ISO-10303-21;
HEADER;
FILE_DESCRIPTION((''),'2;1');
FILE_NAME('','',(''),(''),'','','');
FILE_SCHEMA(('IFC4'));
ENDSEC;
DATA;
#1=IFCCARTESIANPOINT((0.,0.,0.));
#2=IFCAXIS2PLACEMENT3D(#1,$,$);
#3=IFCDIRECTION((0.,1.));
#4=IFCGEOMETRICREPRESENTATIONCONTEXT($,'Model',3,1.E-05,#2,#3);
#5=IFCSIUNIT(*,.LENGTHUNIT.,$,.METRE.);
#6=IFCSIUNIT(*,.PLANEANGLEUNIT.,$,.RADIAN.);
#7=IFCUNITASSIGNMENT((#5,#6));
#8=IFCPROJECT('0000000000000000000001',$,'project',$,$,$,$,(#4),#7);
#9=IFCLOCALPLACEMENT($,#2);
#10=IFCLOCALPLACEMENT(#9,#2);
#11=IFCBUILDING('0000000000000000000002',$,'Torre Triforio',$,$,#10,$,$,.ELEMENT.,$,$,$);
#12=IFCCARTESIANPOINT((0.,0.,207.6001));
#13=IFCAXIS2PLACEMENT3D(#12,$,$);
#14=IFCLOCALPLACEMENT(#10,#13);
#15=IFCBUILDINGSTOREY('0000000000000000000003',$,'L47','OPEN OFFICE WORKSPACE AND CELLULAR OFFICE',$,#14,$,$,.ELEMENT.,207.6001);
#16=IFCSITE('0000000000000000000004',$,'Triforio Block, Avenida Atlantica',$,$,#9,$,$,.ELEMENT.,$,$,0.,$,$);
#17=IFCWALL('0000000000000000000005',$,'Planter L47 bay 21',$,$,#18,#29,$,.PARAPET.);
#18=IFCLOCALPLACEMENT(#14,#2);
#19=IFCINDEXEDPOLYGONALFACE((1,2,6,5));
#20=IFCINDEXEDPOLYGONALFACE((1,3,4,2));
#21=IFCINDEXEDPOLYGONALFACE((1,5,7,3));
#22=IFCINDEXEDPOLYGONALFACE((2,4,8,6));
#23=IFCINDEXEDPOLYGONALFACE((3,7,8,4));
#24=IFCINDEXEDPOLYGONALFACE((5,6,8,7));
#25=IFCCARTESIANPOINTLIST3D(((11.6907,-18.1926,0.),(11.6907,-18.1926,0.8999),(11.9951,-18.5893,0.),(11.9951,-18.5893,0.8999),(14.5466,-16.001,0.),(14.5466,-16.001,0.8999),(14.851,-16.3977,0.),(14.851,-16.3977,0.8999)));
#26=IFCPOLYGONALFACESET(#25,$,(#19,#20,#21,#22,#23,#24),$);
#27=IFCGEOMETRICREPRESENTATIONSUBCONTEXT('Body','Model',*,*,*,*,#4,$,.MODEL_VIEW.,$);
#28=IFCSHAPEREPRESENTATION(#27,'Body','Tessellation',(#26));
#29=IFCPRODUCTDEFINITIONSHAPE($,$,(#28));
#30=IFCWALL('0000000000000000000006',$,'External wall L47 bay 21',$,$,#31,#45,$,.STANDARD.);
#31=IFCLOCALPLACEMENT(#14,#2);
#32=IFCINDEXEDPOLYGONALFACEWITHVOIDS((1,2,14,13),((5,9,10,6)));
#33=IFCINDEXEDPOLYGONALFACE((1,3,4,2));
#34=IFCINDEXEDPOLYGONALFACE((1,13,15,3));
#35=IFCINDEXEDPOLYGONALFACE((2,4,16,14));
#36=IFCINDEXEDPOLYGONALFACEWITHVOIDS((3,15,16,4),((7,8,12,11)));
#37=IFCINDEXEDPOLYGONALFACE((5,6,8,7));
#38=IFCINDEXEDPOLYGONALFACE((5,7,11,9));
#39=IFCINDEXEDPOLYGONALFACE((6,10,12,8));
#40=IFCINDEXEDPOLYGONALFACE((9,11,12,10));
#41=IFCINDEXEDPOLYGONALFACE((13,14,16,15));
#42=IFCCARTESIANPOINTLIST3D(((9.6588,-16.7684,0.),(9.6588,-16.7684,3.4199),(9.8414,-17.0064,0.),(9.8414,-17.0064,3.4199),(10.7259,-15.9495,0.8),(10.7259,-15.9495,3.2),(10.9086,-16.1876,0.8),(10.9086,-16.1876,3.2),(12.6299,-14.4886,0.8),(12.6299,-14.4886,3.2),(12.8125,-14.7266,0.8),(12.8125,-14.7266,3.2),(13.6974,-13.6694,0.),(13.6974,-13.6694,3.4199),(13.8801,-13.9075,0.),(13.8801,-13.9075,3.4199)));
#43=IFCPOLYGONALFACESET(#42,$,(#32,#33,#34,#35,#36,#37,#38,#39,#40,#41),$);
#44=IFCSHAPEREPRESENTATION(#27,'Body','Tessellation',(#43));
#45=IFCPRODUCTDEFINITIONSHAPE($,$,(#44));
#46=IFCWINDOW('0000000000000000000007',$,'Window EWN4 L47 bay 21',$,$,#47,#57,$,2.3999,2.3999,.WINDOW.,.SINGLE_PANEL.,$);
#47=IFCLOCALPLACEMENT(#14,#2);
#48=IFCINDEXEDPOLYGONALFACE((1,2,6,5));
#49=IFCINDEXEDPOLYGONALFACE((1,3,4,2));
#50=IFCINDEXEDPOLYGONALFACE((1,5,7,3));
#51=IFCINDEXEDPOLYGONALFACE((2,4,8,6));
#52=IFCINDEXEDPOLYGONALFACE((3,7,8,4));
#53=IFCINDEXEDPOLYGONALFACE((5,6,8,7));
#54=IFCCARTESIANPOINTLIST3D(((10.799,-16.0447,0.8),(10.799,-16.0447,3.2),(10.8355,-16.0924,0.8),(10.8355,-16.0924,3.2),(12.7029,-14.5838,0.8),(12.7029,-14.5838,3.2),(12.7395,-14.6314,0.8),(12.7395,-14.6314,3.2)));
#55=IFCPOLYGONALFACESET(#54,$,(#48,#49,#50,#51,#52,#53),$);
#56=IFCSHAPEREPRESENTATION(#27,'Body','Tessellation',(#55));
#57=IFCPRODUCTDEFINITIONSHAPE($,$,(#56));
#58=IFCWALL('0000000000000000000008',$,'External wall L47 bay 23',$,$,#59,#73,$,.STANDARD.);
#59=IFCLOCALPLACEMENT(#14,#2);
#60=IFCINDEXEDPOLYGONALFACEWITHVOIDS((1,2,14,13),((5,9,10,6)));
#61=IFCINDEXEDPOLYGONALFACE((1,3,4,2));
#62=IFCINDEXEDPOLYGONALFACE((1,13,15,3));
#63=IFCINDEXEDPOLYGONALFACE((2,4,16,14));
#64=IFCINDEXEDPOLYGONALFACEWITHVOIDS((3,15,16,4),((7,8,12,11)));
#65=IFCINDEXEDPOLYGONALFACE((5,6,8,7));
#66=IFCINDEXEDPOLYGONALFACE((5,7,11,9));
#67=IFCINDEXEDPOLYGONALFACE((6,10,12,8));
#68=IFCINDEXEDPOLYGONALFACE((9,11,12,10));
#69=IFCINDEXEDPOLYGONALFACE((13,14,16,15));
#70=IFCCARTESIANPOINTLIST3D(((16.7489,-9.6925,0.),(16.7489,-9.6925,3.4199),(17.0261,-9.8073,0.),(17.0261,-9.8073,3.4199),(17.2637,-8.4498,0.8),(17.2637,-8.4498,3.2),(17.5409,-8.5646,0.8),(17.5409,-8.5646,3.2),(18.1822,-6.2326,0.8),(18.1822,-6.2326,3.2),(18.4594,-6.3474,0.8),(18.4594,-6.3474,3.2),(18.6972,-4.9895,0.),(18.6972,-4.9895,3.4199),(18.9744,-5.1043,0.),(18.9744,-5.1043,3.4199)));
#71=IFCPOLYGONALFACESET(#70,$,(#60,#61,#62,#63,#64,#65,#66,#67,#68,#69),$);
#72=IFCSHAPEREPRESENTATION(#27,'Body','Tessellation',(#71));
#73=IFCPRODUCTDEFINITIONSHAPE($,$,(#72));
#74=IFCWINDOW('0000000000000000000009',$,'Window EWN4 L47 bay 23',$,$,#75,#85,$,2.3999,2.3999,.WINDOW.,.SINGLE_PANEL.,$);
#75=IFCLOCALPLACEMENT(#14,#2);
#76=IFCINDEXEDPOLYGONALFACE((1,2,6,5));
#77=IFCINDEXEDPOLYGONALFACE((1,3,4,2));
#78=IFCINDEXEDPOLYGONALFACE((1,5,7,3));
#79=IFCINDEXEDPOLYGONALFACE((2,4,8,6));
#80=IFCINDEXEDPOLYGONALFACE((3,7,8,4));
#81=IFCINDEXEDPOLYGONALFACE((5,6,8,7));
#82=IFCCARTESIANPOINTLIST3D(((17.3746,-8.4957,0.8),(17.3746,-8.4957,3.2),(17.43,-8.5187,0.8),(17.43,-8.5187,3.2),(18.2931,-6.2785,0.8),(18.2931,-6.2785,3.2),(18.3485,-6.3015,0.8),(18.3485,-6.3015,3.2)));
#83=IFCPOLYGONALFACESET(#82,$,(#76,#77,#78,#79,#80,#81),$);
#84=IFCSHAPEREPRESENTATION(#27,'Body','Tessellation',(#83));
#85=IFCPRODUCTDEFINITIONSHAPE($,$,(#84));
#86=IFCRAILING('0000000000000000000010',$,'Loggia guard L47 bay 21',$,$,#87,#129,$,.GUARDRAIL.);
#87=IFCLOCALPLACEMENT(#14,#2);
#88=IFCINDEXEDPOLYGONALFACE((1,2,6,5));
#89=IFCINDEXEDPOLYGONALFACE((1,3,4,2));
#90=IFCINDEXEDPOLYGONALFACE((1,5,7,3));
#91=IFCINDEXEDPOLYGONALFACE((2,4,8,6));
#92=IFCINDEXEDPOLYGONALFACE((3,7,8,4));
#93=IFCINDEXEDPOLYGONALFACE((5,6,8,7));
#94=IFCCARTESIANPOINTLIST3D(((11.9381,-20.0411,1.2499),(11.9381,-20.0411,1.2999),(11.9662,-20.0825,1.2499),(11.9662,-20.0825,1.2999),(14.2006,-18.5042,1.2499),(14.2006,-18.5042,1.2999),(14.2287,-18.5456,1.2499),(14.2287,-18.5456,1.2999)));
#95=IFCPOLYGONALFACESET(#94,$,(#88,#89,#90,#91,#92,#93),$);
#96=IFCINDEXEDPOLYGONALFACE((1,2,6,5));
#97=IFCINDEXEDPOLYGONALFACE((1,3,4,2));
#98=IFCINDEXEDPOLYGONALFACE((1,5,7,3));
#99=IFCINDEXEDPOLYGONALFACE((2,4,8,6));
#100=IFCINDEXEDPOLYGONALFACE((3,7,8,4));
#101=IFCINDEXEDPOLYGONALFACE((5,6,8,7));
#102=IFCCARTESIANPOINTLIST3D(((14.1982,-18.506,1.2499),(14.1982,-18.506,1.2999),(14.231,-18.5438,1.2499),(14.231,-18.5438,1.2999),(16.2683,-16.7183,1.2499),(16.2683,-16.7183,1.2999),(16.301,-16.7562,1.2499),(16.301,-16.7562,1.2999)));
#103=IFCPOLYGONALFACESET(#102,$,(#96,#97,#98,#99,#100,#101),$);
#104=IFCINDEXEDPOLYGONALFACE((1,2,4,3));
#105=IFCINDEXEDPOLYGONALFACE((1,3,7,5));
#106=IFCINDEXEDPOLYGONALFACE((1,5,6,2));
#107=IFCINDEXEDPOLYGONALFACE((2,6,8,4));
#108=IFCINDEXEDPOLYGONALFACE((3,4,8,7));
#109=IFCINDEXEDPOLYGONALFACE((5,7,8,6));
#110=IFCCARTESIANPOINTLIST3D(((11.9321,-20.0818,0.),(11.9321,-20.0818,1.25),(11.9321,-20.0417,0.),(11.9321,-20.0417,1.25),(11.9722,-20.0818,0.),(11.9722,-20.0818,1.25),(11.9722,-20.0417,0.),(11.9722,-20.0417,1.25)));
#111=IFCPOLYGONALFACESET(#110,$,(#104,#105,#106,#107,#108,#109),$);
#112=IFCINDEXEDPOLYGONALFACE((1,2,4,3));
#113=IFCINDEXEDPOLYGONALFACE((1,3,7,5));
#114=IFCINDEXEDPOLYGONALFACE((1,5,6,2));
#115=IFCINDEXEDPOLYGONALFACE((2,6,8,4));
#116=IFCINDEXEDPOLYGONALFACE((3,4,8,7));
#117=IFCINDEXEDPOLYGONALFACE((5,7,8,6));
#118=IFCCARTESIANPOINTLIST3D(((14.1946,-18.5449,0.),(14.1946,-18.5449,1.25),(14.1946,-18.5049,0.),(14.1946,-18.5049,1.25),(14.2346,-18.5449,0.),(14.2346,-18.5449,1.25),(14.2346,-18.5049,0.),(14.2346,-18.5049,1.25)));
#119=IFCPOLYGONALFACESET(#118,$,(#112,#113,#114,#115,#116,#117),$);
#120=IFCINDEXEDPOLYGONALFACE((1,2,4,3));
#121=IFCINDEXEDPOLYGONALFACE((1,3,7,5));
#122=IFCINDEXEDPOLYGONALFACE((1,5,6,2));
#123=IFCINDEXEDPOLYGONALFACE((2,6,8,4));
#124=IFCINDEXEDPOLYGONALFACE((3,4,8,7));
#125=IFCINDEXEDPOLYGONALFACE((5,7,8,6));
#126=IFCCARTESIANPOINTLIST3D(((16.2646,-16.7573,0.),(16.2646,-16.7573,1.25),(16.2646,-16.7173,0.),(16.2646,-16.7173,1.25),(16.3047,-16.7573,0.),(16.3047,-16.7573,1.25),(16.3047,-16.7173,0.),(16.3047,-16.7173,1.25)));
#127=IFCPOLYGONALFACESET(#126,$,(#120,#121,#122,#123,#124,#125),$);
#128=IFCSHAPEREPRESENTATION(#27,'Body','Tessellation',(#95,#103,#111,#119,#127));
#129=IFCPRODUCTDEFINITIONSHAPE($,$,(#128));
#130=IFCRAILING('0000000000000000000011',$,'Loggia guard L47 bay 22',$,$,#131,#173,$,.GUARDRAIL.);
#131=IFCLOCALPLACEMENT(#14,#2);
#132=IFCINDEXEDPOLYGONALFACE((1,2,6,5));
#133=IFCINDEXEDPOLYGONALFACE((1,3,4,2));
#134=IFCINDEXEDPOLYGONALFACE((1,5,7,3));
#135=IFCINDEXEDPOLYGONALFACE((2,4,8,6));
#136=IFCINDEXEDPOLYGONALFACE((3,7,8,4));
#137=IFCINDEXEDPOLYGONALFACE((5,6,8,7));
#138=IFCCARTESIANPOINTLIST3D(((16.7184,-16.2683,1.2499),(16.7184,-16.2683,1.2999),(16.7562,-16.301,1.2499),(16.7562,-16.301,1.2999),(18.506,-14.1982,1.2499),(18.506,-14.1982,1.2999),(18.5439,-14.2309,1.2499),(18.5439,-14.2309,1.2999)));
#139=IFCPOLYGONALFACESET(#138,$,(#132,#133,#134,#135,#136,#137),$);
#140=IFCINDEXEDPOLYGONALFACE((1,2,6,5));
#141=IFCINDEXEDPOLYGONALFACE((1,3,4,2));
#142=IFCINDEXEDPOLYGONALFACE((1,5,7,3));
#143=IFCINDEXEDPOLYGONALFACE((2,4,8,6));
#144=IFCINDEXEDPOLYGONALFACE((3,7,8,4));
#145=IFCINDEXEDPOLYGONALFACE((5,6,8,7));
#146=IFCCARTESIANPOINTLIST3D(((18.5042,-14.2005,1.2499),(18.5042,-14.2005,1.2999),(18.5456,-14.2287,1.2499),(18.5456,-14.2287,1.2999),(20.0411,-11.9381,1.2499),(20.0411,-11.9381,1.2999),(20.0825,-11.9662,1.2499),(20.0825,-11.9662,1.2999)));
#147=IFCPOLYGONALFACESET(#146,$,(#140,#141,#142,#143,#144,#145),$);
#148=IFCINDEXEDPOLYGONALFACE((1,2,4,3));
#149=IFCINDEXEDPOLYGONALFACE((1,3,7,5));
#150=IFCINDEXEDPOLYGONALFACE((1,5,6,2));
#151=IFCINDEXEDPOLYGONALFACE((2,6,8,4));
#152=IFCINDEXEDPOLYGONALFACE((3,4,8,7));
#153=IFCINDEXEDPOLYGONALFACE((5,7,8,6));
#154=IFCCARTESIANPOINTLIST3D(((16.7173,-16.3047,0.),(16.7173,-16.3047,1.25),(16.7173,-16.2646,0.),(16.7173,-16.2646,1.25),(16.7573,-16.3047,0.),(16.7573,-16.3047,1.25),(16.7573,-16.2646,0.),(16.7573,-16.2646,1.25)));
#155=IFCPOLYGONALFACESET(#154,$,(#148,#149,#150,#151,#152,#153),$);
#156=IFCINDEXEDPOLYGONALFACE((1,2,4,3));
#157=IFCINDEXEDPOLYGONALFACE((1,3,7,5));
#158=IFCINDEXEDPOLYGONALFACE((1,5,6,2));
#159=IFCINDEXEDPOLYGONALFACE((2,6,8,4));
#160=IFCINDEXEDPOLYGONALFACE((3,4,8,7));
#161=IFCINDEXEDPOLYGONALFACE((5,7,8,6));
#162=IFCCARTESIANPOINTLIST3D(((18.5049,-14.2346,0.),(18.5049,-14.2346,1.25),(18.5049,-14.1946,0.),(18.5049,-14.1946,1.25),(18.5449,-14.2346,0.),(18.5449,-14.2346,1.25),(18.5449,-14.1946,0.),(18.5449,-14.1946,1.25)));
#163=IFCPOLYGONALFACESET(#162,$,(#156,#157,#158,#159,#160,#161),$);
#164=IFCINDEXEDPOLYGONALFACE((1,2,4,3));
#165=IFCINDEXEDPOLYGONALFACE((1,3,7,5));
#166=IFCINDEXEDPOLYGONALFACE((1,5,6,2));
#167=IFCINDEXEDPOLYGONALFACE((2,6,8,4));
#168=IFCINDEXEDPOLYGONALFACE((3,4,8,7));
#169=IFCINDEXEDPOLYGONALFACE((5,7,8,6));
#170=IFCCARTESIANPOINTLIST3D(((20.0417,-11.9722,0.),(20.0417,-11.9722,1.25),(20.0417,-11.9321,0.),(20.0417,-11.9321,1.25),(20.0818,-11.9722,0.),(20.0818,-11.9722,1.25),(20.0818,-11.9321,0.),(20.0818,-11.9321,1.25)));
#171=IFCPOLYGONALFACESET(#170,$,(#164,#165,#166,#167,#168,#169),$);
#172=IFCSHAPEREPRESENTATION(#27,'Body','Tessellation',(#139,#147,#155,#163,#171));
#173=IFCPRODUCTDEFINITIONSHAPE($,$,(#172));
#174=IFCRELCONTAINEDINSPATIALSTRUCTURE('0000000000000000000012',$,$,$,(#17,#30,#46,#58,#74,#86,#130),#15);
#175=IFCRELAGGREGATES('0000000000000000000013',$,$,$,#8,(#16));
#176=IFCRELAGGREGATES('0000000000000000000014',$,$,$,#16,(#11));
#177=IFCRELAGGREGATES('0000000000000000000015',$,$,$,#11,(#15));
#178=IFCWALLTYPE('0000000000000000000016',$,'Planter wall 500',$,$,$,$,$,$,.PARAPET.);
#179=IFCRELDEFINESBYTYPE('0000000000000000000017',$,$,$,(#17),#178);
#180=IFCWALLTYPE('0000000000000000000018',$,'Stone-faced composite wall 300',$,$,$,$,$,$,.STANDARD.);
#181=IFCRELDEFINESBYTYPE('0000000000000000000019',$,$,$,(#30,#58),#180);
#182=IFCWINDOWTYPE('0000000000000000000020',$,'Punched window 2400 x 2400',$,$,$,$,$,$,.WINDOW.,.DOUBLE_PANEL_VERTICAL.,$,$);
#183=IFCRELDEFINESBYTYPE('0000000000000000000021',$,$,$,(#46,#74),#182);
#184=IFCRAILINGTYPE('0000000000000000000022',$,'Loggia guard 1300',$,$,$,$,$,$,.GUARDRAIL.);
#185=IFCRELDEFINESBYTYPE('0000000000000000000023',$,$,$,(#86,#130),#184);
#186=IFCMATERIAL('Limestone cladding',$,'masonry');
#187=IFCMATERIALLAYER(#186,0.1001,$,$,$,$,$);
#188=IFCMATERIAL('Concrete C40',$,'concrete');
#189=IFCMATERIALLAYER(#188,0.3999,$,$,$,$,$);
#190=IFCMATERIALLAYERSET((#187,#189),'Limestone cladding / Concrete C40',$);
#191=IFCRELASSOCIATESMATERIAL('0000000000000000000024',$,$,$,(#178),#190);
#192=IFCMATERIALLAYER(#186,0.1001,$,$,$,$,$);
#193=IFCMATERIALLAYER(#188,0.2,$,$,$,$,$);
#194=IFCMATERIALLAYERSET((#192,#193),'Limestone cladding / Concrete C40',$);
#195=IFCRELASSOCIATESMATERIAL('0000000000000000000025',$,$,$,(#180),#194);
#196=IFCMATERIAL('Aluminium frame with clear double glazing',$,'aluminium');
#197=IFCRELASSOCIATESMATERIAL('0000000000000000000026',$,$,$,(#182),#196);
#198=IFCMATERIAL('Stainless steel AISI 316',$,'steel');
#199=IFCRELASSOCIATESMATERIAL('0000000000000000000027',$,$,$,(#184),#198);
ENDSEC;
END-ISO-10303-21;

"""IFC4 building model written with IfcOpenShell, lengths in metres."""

from ifc_helpers import new_model, si_unit, direction, frame, frame_2d, origin, origin_2d, place, context, subcontext, project, spatial, rectangle, extrude, material, layer, layer_set, type_object, element, fill, save


model = new_model("IFC4")

# Units and contexts
model_context = context("Model", 3, precision=1e-05, world=origin(), true_north=direction((0.0, 1.0)))
body_context = subcontext(model_context, "Body", "Model", "MODEL_VIEW")
ifc_project = project(units=[si_unit("LENGTHUNIT", "METRE"), si_unit("PLANEANGLEUNIT", "RADIAN")], contexts=[model_context])

# Site, building, storey
site_placement = place(None, origin())
site = spatial("IfcSite", under=ifc_project, at=site_placement, Name="Triforio Block, Avenida Atlantica", CompositionType="ELEMENT", RefElevation=0.0)
building_placement = place(site_placement, origin())
building = spatial("IfcBuilding", under=site, at=building_placement, Name="Torre Triforio", CompositionType="ELEMENT")
storey_placement = place(building_placement, frame((0.0, 0.0, 207.6001)))
storey = spatial("IfcBuildingStorey", under=building, at=storey_placement, Name="L47", Description="OPEN OFFICE WORKSPACE AND CELLULAR OFFICE", CompositionType="ELEMENT", Elevation=207.6001)

# Shared definitions
ifc_material_1 = material(Name="Concrete C40", Category="concrete")

# Wall
ifc_material_2 = material(Name="Limestone cladding", Category="masonry")
ifc_layer_1 = layer(ifc_material_2, 0.1001)
ifc_layer_2 = layer(ifc_material_1, 0.3999)
ifc_layer_set_1 = layer_set([ifc_layer_1, ifc_layer_2], Name="Limestone cladding / Concrete C40")
wall_type_1 = type_object("IfcWallType", Name="Planter wall 500", PredefinedType="PARAPET", material=ifc_layer_set_1)
wall_1_placement = place(storey_placement, frame((11.843, -18.3909, 0.0), z_axis=(0.0, 0.0, 1.0), x_axis=(0.793327, 0.608796, 0.0)))
element("IfcWall", 1, at=wall_1_placement, inside=storey, type_object=wall_type_1, Name="Planter L47 bay 21", PredefinedType="PARAPET", context=body_context, shape_type="SweptSolid", body=[
    extrude(rectangle(XDim=3.5999, YDim=0.5, at=frame_2d((1.7998, 0.0))), origin(), (0.0, 0.0, 1.0), 0.8999),
])

# Wall, opening, window
ifc_layer_3 = layer(ifc_material_2, 0.1001)
ifc_layer_4 = layer(ifc_material_1, 0.2)
ifc_layer_set_2 = layer_set([ifc_layer_3, ifc_layer_4], Name="Limestone cladding / Concrete C40")
wall_type_2 = type_object("IfcWallType", Name="Stone-faced composite wall 300", PredefinedType="STANDARD", material=ifc_layer_set_2)
wall_2_placement = place(storey_placement, frame((9.75, -16.8875, 0.0), z_axis=(0.0, 0.0, 1.0), x_axis=(0.793356, 0.608758, 0.0)))
wall_2 = element("IfcWall", 2, at=wall_2_placement, inside=storey, type_object=wall_type_2, Name="External wall L47 bay 21", PredefinedType="STANDARD", context=body_context, shape_type="SweptSolid", body=[
    extrude(rectangle(XDim=5.0906, YDim=0.3, at=frame_2d((2.5454, 0.0))), origin(), (0.0, 0.0, 1.0), 3.4199),
])
opening_1_placement = place(wall_2_placement, frame((1.3452, 0.0, 0.8)))
opening_1 = element("IfcOpeningElement", 3, at=opening_1_placement, cuts=wall_2, PredefinedType="OPENING", context=body_context, shape_type="SweptSolid", body=[
    extrude(rectangle(XDim=2.3999, YDim=2.3999, at=frame_2d((1.2, 1.2))), frame((0.0, 0.1599, 0.0), z_axis=(0.0, -1.0, 0.0), x_axis=(1.0, 0.0, 0.0)), (0.0, 0.0, 1.0), 0.3201),
])
ifc_material_3 = material(Name="Aluminium frame with clear double glazing", Category="aluminium")
window_type_1 = type_object("IfcWindowType", Name="Punched window 2400 x 2400", PartitioningType="DOUBLE_PANEL_VERTICAL", PredefinedType="WINDOW", material=ifc_material_3)
window_1_placement = place(opening_1_placement, origin())
window_1 = element("IfcWindow", 4, at=window_1_placement, inside=storey, type_object=window_type_1, Name="Window EWN4 L47 bay 21", OverallHeight=2.3999, OverallWidth=2.3999, PartitioningType="SINGLE_PANEL", PredefinedType="WINDOW", context=body_context, shape_type="SweptSolid", body=[
    extrude(rectangle(XDim=2.3999, YDim=2.3999, at=frame_2d((1.2, 1.2))), frame((0.0, 0.03, 0.0), z_axis=(0.0, -1.0, 0.0), x_axis=(1.0, 0.0, 0.0)), (0.0, 0.0, 1.0), 0.0601),
])
fill(opening_1, window_1)

# Wall, opening, window
wall_3_placement = place(storey_placement, frame((16.8875, -9.75, 0.0), z_axis=(0.0, 0.0, 1.0), x_axis=(0.382725, 0.923863, 0.0)))
wall_3 = element("IfcWall", 5, at=wall_3_placement, inside=storey, type_object=wall_type_2, Name="External wall L47 bay 23", PredefinedType="STANDARD", context=body_context, shape_type="SweptSolid", body=[
    extrude(rectangle(XDim=5.0906, YDim=0.3, at=frame_2d((2.5454, 0.0))), origin(), (0.0, 0.0, 1.0), 3.4199),
])
opening_2_placement = place(wall_3_placement, frame((1.3452, 0.0, 0.8)))
opening_2 = element("IfcOpeningElement", 6, at=opening_2_placement, cuts=wall_3, PredefinedType="OPENING", context=body_context, shape_type="SweptSolid", body=[
    extrude(rectangle(XDim=2.3999, YDim=2.3999, at=frame_2d((1.2, 1.2))), frame((0.0, 0.1599, 0.0), z_axis=(0.0, -1.0, 0.0), x_axis=(1.0, 0.0, 0.0)), (0.0, 0.0, 1.0), 0.3201),
])
window_2_placement = place(opening_2_placement, origin())
window_2 = element("IfcWindow", 7, at=window_2_placement, inside=storey, type_object=window_type_1, Name="Window EWN4 L47 bay 23", OverallHeight=2.3999, OverallWidth=2.3999, PartitioningType="SINGLE_PANEL", PredefinedType="WINDOW", context=body_context, shape_type="SweptSolid", body=[
    extrude(rectangle(XDim=2.3999, YDim=2.3999, at=frame_2d((1.2, 1.2))), frame((0.0, 0.03, 0.0), z_axis=(0.0, -1.0, 0.0), x_axis=(1.0, 0.0, 0.0)), (0.0, 0.0, 1.0), 0.0601),
])
fill(opening_2, window_2)

# Railings
ifc_material_4 = material(Name="Stainless steel AISI 316", Category="steel")
railing_type = type_object("IfcRailingType", Name="Loggia guard 1300", PredefinedType="GUARDRAIL", material=ifc_material_4)
railing_1_placement = place(storey_placement, frame((11.9521, -20.0618, 0.0)))
element("IfcRailing", 8, at=railing_1_placement, inside=storey, type_object=railing_type, Name="Loggia guard L47 bay 21", PredefinedType="GUARDRAIL", context=body_context, shape_type="SweptSolid", body=[
    extrude(rectangle(XDim=0.05, YDim=0.05, at=origin_2d()), frame((0.0, 0.0, 1.2749), z_axis=(0.827199, 0.56191, 0.0), x_axis=(-0.56191, 0.827199, 0.0)), (0.0, 0.0, 1.0), 2.7351),
    extrude(rectangle(XDim=0.05, YDim=0.05, at=origin_2d()), frame((2.2625, 1.5369, 1.2749), z_axis=(0.756857, 0.65358, 0.0), x_axis=(-0.65358, 0.756857, 0.0)), (0.0, 0.0, 1.0), 2.7351),
    extrude(rectangle(XDim=0.04, YDim=0.04, at=origin_2d()), origin(), (0.0, 0.0, 1.0), 1.25),
    extrude(rectangle(XDim=0.04, YDim=0.04, at=origin_2d()), frame((2.2625, 1.5369, 0.0)), (0.0, 0.0, 1.0), 1.25),
    extrude(rectangle(XDim=0.04, YDim=0.04, at=origin_2d()), frame((4.3325, 3.3245, 0.0)), (0.0, 0.0, 1.0), 1.25),
])
railing_2_placement = place(storey_placement, frame((16.7373, -16.2847, 0.0)))
element("IfcRailing", 9, at=railing_2_placement, inside=storey, type_object=railing_type, Name="Loggia guard L47 bay 22", PredefinedType="GUARDRAIL", context=body_context, shape_type="SweptSolid", body=[
    extrude(rectangle(XDim=0.05, YDim=0.05, at=origin_2d()), frame((0.0, 0.0, 1.2749), z_axis=(0.65358, 0.756857, 0.0), x_axis=(-0.756857, 0.65358, 0.0)), (0.0, 0.0, 1.0), 2.7351),
    extrude(rectangle(XDim=0.05, YDim=0.05, at=origin_2d()), frame((1.7876, 2.0701, 1.2749), z_axis=(0.56191, 0.827199, 0.0), x_axis=(-0.827199, 0.56191, 0.0)), (0.0, 0.0, 1.0), 2.7351),
    extrude(rectangle(XDim=0.04, YDim=0.04, at=origin_2d()), origin(), (0.0, 0.0, 1.0), 1.25),
    extrude(rectangle(XDim=0.04, YDim=0.04, at=origin_2d()), frame((1.7876, 2.0701, 0.0)), (0.0, 0.0, 1.0), 1.25),
    extrude(rectangle(XDim=0.04, YDim=0.04, at=origin_2d()), frame((3.3245, 4.3325, 0.0)), (0.0, 0.0, 1.0), 1.25),
])

save(model, "model.ifc")
